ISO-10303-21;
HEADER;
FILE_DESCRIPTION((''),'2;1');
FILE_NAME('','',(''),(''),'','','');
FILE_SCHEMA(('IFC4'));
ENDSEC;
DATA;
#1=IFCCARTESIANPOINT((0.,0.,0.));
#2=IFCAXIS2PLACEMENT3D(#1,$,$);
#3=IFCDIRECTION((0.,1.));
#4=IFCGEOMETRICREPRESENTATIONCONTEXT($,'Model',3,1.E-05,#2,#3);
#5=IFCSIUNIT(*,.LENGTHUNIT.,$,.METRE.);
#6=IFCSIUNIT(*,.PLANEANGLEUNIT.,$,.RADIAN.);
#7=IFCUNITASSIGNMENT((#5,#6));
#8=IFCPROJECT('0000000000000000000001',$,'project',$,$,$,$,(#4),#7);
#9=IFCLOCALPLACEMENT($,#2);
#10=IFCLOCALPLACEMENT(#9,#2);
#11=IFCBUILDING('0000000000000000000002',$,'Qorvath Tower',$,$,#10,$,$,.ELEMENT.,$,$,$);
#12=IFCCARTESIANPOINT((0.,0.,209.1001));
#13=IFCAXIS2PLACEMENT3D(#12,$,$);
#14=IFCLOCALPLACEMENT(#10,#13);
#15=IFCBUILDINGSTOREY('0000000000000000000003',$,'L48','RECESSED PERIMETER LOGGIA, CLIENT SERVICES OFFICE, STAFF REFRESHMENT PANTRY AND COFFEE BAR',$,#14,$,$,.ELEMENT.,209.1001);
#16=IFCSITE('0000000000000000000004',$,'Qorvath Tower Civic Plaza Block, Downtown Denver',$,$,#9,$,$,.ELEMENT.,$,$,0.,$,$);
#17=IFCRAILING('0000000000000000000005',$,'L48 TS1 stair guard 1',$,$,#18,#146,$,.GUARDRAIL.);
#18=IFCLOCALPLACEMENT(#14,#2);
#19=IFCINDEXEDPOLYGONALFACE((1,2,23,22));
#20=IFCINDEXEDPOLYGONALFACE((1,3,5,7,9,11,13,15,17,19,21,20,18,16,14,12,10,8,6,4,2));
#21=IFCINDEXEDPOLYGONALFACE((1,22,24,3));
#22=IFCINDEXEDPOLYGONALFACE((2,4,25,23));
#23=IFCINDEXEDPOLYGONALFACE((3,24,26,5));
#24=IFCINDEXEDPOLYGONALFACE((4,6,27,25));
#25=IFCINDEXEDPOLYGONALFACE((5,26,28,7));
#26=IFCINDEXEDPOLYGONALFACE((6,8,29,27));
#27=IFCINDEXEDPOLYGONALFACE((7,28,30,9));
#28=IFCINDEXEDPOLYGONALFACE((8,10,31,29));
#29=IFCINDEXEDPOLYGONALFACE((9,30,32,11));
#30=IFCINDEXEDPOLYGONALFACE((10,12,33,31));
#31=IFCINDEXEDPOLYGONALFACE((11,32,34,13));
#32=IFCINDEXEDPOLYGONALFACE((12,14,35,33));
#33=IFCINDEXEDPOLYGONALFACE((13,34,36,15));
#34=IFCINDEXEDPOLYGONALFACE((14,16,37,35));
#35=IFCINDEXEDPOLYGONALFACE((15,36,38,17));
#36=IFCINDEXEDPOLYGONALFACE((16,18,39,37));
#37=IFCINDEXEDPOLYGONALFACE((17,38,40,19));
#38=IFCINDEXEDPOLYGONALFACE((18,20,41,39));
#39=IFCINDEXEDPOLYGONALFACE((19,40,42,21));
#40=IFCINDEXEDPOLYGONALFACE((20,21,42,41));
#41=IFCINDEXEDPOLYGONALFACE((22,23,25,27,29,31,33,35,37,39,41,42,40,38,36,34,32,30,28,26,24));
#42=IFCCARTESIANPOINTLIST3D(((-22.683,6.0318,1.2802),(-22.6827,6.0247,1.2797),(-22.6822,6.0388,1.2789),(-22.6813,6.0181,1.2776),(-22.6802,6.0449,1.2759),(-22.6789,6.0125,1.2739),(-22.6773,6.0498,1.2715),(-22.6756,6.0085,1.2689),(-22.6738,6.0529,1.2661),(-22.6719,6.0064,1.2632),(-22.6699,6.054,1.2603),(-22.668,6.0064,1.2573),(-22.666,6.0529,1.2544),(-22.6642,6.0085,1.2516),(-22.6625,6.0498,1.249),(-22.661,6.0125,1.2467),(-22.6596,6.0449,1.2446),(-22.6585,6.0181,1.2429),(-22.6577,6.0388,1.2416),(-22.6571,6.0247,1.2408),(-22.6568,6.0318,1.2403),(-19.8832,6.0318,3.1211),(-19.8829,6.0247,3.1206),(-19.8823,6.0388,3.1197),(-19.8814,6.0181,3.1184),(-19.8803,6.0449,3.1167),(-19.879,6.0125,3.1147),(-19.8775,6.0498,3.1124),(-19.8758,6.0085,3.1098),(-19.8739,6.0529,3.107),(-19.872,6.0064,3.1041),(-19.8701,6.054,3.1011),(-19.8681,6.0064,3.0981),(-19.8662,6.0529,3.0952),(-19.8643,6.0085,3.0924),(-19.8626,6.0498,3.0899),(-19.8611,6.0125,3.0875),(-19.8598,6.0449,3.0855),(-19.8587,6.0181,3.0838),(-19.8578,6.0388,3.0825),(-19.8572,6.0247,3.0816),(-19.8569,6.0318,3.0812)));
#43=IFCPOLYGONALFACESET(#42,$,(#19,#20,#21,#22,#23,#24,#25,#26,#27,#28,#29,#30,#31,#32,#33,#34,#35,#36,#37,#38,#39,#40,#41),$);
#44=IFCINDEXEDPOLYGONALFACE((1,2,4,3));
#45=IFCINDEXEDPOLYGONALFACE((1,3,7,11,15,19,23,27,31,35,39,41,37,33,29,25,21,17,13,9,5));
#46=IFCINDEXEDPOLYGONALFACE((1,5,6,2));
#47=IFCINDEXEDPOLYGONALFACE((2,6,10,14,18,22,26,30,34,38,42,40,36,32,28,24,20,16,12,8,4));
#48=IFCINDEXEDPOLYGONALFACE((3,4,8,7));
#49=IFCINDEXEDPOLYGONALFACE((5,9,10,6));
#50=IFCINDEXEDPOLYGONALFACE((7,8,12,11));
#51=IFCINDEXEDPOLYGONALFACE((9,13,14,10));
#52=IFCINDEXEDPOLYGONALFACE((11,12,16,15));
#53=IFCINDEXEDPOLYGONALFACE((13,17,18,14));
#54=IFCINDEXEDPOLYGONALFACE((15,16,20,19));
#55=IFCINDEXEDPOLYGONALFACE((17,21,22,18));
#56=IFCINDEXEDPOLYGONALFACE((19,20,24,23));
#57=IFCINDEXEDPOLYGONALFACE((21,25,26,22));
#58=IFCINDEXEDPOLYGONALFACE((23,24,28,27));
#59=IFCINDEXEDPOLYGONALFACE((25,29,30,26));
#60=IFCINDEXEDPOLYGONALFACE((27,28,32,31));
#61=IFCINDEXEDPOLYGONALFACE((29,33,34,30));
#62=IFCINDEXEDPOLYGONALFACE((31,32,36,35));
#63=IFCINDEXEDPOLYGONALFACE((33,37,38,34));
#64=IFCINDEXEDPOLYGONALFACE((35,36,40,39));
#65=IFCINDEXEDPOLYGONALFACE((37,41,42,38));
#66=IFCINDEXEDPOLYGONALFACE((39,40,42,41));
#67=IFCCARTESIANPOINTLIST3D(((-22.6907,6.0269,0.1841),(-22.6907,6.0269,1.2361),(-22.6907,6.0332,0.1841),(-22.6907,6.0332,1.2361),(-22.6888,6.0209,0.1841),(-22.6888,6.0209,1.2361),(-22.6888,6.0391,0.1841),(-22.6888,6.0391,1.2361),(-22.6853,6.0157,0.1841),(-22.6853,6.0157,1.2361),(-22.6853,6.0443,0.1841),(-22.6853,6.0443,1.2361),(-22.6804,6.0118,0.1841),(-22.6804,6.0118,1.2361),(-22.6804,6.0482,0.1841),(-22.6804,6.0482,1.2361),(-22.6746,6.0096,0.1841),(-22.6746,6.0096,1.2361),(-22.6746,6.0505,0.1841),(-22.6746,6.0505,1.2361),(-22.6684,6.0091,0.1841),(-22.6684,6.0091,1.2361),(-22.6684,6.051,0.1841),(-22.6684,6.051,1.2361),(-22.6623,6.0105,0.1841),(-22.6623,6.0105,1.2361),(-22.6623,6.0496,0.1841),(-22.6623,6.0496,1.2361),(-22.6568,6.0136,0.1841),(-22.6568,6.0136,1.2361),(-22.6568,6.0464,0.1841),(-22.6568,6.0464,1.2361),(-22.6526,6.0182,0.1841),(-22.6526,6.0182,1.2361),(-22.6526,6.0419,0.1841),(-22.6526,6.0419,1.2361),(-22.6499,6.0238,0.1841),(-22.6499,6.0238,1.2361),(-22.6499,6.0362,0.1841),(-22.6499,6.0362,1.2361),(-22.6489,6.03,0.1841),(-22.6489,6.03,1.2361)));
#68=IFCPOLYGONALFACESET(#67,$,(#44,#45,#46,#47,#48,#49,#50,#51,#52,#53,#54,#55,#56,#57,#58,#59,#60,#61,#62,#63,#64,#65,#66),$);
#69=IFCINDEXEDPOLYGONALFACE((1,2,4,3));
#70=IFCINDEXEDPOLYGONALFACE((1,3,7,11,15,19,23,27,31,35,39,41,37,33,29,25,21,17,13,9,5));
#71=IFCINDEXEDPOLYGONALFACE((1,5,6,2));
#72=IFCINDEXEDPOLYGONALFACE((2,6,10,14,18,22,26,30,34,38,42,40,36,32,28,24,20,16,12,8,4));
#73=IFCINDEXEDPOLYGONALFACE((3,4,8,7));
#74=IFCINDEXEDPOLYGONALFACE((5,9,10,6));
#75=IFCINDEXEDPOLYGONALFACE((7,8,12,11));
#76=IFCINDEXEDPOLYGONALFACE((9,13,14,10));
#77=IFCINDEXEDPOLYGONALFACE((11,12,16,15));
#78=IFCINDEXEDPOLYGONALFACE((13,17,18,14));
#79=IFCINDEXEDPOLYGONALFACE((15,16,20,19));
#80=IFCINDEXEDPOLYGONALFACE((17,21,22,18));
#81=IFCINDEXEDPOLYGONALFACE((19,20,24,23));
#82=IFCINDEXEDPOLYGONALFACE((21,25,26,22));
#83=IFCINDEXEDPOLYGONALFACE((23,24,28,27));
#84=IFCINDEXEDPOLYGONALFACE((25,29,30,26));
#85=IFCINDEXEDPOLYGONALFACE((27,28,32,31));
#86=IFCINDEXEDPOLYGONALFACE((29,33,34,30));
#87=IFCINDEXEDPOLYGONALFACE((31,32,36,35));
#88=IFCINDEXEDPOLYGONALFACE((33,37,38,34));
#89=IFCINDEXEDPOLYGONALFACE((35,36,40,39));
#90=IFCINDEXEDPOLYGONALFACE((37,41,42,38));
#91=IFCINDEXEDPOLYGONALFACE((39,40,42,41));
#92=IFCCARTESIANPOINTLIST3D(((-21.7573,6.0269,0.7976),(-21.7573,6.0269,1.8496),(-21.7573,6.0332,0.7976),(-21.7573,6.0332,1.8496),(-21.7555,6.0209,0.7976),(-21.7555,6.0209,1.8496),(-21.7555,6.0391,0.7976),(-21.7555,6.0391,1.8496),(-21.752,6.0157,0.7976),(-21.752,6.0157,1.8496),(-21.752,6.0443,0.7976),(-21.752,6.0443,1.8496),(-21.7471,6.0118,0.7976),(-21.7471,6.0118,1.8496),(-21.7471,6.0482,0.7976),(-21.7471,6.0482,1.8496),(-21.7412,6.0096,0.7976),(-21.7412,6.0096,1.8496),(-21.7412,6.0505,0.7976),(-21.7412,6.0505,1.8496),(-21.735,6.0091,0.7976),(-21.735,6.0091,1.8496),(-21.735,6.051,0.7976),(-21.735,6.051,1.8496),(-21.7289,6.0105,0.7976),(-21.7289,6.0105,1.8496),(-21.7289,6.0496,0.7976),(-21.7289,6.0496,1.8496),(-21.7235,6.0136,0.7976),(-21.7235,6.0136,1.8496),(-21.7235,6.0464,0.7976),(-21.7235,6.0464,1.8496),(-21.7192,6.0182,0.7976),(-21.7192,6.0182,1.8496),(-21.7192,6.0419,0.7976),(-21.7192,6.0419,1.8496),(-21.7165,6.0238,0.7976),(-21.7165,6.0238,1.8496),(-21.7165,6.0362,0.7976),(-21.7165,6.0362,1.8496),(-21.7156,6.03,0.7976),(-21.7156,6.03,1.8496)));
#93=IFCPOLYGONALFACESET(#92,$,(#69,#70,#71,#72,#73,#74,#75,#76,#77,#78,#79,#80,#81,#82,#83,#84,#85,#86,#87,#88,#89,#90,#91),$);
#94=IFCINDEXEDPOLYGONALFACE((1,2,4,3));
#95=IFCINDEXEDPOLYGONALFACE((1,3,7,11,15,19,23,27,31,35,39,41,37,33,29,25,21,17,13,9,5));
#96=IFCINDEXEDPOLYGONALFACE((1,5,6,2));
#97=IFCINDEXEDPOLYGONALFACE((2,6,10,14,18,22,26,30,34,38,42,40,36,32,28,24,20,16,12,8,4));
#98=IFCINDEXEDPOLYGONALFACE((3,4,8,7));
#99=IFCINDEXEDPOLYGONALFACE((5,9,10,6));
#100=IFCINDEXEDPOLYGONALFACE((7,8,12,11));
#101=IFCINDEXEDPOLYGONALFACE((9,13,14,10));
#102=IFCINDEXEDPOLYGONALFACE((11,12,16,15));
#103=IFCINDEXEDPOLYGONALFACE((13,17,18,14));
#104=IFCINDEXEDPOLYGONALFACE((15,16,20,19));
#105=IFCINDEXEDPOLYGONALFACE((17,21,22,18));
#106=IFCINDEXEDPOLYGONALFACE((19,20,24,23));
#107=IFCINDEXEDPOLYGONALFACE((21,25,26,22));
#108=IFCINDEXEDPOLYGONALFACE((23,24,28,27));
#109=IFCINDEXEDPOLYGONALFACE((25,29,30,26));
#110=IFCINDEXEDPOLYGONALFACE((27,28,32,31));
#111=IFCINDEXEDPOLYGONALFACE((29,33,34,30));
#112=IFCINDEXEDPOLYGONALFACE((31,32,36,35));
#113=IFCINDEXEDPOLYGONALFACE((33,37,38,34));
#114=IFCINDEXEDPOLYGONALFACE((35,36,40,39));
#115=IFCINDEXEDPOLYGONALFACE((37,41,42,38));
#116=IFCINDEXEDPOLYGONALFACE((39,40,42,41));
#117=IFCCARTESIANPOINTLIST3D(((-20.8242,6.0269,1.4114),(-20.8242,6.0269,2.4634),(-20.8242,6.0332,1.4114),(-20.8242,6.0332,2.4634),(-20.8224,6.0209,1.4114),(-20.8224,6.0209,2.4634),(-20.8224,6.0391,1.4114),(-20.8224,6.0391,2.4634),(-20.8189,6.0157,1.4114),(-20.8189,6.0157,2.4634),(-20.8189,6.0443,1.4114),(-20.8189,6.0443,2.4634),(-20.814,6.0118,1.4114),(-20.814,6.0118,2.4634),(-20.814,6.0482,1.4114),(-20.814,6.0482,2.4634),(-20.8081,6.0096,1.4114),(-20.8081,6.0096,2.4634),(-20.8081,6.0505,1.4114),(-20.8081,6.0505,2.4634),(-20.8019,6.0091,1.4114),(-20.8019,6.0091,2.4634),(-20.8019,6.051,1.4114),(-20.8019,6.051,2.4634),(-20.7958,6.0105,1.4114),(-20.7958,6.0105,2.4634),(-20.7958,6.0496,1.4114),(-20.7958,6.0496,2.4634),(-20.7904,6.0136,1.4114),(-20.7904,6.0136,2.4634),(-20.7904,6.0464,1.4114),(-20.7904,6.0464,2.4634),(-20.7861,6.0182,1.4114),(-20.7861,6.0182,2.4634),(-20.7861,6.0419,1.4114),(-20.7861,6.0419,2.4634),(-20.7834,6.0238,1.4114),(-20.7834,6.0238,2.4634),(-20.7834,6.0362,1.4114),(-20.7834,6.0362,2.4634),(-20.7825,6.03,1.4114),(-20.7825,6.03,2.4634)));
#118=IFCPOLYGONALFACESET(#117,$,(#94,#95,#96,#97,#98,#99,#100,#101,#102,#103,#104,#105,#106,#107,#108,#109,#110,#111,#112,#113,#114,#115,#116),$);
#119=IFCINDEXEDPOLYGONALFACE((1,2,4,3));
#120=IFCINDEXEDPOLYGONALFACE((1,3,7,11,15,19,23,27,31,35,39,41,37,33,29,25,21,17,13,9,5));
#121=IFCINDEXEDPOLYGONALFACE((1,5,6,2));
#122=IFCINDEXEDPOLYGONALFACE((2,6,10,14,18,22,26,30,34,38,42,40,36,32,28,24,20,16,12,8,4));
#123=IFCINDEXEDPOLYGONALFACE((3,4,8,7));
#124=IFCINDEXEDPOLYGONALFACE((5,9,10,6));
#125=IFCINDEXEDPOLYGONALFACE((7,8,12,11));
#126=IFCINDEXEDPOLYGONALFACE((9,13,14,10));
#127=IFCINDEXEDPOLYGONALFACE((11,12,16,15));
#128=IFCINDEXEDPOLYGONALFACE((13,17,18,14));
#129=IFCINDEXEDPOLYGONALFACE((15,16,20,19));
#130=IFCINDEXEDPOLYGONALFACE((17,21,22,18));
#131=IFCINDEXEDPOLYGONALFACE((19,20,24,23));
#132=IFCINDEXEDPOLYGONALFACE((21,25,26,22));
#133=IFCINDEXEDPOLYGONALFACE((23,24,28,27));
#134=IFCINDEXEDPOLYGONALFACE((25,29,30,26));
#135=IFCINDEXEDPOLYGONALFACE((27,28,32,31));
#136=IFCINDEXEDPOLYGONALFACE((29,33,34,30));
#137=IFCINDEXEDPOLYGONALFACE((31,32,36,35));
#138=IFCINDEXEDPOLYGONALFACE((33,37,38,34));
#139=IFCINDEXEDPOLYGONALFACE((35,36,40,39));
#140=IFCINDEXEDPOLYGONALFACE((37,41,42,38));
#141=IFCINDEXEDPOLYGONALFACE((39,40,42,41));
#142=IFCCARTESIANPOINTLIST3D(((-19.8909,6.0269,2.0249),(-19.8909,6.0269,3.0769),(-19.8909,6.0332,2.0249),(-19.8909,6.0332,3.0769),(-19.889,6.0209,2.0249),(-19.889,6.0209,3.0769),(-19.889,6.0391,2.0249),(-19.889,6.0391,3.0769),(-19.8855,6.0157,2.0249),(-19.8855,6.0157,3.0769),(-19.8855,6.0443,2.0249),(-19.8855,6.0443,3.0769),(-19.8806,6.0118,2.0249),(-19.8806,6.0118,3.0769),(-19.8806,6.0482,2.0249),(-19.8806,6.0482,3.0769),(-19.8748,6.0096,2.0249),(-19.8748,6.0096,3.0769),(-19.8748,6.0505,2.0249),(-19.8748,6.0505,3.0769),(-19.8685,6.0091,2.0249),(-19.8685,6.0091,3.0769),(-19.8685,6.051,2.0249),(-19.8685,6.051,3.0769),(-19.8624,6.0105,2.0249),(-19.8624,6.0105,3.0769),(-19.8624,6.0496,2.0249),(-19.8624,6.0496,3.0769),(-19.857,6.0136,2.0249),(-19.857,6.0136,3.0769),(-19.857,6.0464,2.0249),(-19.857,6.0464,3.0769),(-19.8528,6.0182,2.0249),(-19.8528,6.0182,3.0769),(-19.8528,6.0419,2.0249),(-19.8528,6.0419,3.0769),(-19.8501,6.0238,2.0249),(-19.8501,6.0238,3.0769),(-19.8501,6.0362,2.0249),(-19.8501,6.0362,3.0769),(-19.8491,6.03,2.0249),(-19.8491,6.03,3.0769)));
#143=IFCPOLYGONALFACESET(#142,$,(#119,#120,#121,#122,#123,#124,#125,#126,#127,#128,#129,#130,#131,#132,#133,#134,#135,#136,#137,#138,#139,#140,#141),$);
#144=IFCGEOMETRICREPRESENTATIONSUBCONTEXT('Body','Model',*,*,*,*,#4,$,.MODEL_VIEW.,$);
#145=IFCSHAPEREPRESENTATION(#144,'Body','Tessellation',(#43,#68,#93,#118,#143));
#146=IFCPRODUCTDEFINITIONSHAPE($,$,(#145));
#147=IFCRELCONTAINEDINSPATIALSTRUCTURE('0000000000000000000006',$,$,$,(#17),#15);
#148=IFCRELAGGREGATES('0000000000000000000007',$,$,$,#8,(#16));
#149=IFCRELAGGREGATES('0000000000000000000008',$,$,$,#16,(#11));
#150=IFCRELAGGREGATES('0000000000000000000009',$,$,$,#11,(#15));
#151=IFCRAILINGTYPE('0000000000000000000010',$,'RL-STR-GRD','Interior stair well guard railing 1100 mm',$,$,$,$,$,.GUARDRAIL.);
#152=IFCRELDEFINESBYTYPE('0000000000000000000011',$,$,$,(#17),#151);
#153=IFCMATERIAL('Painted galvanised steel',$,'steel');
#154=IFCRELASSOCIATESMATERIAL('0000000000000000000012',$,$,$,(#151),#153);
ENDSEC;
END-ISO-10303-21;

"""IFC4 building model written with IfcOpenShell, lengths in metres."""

from ifc_helpers import new_model, si_unit, direction, frame, origin, origin_2d, place, context, subcontext, project, spatial, circle, extrude, material, type_object, element, save


model = new_model("IFC4")

# Units and contexts
model_context = context("Model", 3, precision=1e-05, world=origin(), true_north=direction((0.0, 1.0)))
body_context = subcontext(model_context, "Body", "Model", "MODEL_VIEW")
ifc_project = project(units=[si_unit("LENGTHUNIT", "METRE"), si_unit("PLANEANGLEUNIT", "RADIAN")], contexts=[model_context])

# Site, building, storey
site_placement = place(None, origin())
site = spatial("IfcSite", under=ifc_project, at=site_placement, Name="Qorvath Tower Civic Plaza Block, Downtown Denver", CompositionType="ELEMENT", RefElevation=0.0)
building_placement = place(site_placement, origin())
building = spatial("IfcBuilding", under=site, at=building_placement, Name="Qorvath Tower", CompositionType="ELEMENT")
storey_placement = place(building_placement, frame((0.0, 0.0, 209.1001)))
storey = spatial("IfcBuildingStorey", under=building, at=storey_placement, Name="L48", Description="RECESSED PERIMETER LOGGIA, CLIENT SERVICES OFFICE, STAFF REFRESHMENT PANTRY AND COFFEE BAR", CompositionType="ELEMENT", Elevation=209.1001)

# Railing
ifc_material_1 = material(Name="Painted galvanised steel", Category="steel")
railing_type_1 = type_object("IfcRailingType", Name="RL-STR-GRD", Description="Interior stair well guard railing 1100 mm", PredefinedType="GUARDRAIL", material=ifc_material_1)
railing_1_placement = place(storey_placement, frame((-22.6699, 6.03, 0.1841)))
element("IfcRailing", 1, at=railing_1_placement, inside=storey, type_object=railing_type_1, Name="L48 TS1 stair guard 1", PredefinedType="GUARDRAIL", context=body_context, shape_type="SweptSolid", body=[
    extrude(circle(Radius=0.0239, at=origin_2d()), frame((0.0, 0.0, 1.0762), z_axis=(0.835576, 0.0, 0.549376), x_axis=(0.0, 1.0, 0.0)), (0.0, 0.0, 1.0), 3.3508),
    extrude(circle(Radius=0.021, at=origin_2d()), origin(), (0.0, 0.0, 1.0), 1.052),
    extrude(circle(Radius=0.021, at=origin_2d()), frame((0.9333, 0.0, 0.6135)), (0.0, 0.0, 1.0), 1.052),
    extrude(circle(Radius=0.021, at=origin_2d()), frame((1.8665, 0.0, 1.2273)), (0.0, 0.0, 1.0), 1.052),
    extrude(circle(Radius=0.021, at=origin_2d()), frame((2.7998, 0.0, 1.8408)), (0.0, 0.0, 1.0), 1.052),
])

save(model, "model.ifc")
